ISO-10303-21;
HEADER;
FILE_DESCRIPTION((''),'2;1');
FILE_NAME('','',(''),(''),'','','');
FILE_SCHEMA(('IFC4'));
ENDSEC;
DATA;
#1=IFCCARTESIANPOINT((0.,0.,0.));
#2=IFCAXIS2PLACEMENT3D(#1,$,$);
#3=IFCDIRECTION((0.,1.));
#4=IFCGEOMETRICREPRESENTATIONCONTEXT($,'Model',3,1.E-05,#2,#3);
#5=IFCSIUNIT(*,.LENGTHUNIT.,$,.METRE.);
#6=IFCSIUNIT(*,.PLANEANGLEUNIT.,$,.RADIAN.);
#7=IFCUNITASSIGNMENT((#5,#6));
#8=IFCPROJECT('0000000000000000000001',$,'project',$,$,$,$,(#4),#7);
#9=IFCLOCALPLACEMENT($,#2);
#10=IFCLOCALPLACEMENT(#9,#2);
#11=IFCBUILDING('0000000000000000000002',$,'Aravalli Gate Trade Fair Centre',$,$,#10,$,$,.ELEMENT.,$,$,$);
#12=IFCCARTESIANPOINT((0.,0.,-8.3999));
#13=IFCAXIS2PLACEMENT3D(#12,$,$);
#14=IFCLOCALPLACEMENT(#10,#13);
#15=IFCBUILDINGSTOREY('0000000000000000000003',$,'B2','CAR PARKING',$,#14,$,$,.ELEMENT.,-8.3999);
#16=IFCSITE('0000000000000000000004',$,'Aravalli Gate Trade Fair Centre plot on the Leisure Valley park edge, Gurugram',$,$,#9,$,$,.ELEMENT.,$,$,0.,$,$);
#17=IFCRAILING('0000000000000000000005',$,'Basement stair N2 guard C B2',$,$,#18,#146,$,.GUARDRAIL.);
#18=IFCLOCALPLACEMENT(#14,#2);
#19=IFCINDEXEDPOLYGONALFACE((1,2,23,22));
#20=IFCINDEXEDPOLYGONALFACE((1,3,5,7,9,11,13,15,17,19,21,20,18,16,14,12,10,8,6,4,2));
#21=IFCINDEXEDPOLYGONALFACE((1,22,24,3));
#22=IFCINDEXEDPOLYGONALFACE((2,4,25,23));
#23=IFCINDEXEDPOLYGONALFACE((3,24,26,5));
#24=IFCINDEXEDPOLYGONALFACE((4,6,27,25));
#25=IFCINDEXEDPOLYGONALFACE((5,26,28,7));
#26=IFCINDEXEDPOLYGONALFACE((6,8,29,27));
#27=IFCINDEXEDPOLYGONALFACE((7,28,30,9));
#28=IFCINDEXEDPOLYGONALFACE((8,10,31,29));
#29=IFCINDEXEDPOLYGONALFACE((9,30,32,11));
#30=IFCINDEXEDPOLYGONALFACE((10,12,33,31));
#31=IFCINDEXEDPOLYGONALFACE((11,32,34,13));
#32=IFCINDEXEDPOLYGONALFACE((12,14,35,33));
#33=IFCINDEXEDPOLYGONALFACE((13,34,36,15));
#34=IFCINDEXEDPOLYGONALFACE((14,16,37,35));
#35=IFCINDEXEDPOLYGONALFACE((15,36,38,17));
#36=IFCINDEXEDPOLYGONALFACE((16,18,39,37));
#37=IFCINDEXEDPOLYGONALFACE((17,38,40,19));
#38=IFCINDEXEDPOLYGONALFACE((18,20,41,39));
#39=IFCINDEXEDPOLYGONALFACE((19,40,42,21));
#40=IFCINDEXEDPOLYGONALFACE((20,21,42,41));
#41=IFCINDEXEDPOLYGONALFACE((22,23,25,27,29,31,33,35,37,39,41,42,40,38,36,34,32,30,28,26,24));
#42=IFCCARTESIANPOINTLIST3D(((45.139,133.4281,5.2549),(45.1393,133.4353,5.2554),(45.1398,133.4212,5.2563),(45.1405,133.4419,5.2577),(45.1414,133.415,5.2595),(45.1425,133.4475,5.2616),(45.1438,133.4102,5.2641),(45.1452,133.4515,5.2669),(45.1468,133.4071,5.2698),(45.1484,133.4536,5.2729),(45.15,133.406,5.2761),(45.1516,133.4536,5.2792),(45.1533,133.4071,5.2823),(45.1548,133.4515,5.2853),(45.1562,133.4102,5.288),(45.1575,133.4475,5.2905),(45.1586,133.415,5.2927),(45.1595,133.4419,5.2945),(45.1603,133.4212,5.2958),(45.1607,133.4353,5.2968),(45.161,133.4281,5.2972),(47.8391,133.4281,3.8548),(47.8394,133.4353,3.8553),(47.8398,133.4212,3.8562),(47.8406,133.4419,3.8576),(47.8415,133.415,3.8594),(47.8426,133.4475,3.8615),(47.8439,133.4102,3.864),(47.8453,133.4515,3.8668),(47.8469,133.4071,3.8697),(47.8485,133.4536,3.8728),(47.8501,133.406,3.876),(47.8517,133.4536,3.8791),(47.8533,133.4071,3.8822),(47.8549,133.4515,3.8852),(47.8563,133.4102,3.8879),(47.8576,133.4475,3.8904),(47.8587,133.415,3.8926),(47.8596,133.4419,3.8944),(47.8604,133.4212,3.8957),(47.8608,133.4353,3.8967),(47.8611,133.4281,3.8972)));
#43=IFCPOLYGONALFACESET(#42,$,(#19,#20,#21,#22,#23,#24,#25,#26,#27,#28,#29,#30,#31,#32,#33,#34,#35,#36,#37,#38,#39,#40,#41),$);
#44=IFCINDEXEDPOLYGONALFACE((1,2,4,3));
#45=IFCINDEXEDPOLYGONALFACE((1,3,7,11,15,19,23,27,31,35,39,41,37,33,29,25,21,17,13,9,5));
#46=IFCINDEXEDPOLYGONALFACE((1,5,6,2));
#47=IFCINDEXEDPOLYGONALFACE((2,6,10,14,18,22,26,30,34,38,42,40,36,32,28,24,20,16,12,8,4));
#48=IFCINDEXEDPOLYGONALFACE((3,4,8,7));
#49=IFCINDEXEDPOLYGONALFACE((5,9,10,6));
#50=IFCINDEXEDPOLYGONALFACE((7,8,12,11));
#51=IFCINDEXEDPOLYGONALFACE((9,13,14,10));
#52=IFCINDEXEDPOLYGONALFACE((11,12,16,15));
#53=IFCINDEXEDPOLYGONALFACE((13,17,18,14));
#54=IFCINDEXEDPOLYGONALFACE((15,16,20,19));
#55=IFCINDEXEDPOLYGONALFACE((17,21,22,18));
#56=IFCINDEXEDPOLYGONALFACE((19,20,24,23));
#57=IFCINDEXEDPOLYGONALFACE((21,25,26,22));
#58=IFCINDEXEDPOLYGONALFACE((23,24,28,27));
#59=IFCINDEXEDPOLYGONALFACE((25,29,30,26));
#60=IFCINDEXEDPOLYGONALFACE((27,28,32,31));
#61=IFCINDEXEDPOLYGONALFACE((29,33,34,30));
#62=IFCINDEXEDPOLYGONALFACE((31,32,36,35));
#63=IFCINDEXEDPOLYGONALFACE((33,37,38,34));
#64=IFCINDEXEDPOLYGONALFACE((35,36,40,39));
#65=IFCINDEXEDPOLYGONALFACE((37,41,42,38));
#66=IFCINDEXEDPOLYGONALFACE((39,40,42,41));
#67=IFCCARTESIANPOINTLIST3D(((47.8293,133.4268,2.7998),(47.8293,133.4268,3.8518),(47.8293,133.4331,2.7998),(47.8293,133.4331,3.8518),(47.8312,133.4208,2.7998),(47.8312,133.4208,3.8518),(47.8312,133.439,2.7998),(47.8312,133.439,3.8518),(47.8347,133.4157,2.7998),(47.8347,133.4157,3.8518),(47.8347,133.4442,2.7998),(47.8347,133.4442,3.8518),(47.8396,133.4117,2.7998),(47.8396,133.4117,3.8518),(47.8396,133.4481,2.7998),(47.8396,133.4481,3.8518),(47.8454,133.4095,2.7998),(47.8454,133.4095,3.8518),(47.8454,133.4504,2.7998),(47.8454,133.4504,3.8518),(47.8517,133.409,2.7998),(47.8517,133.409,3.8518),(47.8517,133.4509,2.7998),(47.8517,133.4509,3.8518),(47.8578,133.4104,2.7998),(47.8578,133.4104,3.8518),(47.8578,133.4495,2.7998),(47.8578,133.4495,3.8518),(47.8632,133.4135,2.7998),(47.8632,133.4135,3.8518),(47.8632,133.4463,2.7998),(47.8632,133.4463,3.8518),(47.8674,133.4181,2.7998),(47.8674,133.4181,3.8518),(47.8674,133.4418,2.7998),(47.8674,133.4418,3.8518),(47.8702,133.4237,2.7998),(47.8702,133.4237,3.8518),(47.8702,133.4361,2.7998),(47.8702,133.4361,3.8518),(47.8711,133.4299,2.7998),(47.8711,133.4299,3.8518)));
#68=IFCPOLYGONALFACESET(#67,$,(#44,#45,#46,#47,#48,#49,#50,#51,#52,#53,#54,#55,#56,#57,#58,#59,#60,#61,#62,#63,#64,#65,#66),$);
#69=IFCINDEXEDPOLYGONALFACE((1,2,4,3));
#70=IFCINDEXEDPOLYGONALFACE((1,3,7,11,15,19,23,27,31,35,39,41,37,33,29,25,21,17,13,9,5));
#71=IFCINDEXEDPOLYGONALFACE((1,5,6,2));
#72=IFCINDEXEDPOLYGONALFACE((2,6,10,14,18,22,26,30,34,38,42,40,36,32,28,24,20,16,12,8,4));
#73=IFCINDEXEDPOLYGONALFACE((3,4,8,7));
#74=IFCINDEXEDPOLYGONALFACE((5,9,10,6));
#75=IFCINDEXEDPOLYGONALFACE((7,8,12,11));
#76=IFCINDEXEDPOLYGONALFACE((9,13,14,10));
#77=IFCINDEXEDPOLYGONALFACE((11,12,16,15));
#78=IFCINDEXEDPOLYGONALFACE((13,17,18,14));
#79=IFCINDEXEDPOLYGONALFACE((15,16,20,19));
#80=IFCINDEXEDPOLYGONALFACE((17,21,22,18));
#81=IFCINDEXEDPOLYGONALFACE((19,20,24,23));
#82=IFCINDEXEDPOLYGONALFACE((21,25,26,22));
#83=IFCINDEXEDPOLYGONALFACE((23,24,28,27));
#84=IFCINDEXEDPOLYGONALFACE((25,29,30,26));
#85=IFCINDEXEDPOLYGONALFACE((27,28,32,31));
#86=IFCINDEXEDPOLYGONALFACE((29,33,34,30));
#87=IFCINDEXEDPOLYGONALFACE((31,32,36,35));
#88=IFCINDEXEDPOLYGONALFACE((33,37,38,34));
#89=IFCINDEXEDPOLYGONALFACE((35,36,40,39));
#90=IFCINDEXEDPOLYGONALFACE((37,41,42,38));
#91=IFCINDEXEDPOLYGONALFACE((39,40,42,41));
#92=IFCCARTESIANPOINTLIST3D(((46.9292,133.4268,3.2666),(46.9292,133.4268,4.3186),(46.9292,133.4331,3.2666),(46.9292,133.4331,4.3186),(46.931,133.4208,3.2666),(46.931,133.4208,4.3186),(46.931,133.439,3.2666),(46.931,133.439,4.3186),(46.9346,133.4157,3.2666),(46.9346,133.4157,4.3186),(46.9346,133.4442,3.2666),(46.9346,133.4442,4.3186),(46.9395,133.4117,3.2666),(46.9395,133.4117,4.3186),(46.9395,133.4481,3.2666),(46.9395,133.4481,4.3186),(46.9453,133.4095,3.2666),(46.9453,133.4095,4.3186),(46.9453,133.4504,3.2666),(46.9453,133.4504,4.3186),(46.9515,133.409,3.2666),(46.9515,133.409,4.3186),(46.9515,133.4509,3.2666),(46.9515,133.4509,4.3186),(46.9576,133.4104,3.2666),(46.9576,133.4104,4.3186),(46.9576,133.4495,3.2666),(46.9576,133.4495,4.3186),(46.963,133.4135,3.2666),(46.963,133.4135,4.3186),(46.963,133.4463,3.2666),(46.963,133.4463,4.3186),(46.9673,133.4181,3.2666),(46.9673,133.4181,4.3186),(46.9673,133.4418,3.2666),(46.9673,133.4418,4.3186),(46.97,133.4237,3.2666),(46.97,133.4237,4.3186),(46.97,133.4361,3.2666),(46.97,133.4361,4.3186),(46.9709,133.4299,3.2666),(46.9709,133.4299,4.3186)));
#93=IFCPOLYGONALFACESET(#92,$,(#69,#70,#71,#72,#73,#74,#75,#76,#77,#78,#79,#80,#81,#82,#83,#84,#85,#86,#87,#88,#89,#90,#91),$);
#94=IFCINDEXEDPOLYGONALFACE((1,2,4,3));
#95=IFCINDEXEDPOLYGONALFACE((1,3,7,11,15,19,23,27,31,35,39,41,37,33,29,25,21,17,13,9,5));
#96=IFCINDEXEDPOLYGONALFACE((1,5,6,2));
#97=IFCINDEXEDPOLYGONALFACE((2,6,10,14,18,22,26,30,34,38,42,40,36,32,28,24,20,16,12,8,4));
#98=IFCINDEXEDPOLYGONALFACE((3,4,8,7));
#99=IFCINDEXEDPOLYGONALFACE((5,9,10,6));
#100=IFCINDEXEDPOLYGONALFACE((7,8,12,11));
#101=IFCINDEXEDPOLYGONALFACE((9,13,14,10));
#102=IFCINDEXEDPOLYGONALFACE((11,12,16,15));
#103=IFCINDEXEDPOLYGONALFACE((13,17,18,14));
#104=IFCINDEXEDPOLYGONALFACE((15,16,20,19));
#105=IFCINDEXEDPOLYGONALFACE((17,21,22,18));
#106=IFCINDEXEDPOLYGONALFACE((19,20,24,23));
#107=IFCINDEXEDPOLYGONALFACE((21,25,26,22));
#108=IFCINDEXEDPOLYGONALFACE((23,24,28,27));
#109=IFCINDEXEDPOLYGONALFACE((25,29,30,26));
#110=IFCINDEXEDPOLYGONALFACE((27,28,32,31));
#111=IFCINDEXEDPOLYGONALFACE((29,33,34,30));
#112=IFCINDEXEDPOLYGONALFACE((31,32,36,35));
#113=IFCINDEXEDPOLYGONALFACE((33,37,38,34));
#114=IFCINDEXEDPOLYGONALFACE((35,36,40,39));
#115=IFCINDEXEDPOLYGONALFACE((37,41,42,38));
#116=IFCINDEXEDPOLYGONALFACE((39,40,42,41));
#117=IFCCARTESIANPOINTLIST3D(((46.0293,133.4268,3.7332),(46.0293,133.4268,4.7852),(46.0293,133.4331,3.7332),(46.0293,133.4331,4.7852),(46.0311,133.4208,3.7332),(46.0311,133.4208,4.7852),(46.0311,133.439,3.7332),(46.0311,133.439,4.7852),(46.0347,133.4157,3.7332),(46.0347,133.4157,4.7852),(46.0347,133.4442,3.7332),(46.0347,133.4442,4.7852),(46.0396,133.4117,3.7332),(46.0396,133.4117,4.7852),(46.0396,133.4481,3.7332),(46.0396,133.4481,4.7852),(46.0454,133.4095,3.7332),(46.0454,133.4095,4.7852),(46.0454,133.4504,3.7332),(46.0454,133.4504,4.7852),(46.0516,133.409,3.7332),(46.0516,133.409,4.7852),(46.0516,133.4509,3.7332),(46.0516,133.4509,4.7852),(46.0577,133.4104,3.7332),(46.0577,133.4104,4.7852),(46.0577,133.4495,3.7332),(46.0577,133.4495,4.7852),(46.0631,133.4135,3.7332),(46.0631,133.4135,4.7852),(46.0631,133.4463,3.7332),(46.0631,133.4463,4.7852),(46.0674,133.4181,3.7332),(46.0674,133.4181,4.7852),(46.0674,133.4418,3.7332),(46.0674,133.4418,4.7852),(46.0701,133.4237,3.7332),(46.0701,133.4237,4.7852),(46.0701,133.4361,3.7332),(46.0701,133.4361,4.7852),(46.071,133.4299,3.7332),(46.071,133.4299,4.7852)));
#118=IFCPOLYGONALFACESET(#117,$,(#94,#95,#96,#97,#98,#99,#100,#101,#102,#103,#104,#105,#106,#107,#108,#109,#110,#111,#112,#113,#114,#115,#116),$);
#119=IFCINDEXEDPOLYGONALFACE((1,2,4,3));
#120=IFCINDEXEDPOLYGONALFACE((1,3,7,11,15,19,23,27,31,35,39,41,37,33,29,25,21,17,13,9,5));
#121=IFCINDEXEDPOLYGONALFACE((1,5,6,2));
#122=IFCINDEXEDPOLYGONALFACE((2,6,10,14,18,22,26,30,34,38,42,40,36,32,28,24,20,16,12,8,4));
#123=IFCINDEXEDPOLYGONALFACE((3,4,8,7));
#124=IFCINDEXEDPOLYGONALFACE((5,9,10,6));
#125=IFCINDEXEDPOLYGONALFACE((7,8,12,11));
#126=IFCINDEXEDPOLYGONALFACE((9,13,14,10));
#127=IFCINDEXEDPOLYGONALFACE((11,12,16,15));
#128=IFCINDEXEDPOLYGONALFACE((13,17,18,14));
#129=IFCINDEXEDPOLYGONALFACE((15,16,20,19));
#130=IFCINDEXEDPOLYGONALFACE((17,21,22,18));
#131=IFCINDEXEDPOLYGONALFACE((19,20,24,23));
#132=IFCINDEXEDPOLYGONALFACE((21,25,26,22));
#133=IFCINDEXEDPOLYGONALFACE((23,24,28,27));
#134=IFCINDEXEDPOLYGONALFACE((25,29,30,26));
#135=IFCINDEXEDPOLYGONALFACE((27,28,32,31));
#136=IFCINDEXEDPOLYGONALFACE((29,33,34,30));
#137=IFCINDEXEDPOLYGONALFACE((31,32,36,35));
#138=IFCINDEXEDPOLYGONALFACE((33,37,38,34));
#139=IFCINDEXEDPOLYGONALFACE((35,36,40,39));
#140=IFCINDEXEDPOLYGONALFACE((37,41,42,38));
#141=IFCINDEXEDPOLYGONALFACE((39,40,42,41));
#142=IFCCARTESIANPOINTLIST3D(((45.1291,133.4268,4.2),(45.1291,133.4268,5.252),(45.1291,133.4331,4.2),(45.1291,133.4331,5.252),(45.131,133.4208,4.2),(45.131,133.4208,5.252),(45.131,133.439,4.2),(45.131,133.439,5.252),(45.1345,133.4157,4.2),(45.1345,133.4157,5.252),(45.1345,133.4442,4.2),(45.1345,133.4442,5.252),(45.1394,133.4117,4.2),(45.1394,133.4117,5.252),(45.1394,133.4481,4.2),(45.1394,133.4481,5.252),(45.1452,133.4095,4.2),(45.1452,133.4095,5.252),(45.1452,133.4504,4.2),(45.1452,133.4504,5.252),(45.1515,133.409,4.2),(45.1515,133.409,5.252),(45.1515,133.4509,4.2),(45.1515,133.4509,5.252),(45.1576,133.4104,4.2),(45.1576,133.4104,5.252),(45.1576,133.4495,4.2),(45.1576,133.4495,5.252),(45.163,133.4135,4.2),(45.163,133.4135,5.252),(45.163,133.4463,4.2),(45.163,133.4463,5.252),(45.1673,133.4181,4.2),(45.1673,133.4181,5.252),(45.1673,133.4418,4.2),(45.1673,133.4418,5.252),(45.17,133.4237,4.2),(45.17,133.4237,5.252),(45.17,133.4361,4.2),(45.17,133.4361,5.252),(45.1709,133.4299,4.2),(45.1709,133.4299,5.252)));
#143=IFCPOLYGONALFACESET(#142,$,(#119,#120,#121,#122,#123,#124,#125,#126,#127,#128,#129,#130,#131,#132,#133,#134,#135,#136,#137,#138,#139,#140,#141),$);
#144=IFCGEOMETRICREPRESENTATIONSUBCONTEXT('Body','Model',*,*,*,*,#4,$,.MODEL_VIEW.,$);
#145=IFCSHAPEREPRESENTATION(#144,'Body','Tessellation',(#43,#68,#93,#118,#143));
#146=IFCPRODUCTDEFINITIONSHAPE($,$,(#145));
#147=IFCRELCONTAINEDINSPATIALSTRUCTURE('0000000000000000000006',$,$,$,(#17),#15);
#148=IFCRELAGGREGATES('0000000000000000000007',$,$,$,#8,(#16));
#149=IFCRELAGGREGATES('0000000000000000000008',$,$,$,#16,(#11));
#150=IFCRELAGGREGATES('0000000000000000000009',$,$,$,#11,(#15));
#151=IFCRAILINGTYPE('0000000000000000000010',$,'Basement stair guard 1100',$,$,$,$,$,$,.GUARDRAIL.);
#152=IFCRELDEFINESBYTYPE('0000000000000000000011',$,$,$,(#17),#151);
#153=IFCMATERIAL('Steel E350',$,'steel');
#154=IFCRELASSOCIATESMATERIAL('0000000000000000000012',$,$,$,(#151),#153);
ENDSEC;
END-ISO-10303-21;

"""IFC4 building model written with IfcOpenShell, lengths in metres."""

from ifc_helpers import new_model, si_unit, direction, frame, origin, origin_2d, place, context, subcontext, project, spatial, circle, extrude, material, type_object, element, save


model = new_model("IFC4")

# Units and contexts
model_context = context("Model", 3, precision=1e-05, world=origin(), true_north=direction((0.0, 1.0)))
body_context = subcontext(model_context, "Body", "Model", "MODEL_VIEW")
ifc_project = project(units=[si_unit("LENGTHUNIT", "METRE"), si_unit("PLANEANGLEUNIT", "RADIAN")], contexts=[model_context])

# Site, building, storey
site_placement = place(None, origin())
site = spatial("IfcSite", under=ifc_project, at=site_placement, Name="Aravalli Gate Trade Fair Centre plot on the Leisure Valley park edge, Gurugram", CompositionType="ELEMENT", RefElevation=0.0)
building_placement = place(site_placement, origin())
building = spatial("IfcBuilding", under=site, at=building_placement, Name="Aravalli Gate Trade Fair Centre", CompositionType="ELEMENT")
storey_placement = place(building_placement, frame((0.0, 0.0, -8.3999)))
storey = spatial("IfcBuildingStorey", under=building, at=storey_placement, Name="B2", Description="CAR PARKING", CompositionType="ELEMENT", Elevation=-8.3999)

# Railing
ifc_material_1 = material(Name="Steel E350", Category="steel")
railing_type_1 = type_object("IfcRailingType", Name="Basement stair guard 1100", PredefinedType="GUARDRAIL", material=ifc_material_1)
railing_1_placement = place(storey_placement, frame((47.8501, 133.4299, 2.7998)))
element("IfcRailing", 1, at=railing_1_placement, inside=storey, type_object=railing_type_1, Name="Basement stair N2 guard C B2", PredefinedType="GUARDRAIL", context=body_context, shape_type="SweptSolid", body=[
    extrude(circle(Radius=0.0239, at=origin_2d()), frame((0.0, 0.0, 1.0762), z_axis=(-0.887748, 0.0, 0.460329), x_axis=(0.0, -1.0, 0.0)), (0.0, 0.0, 1.0), 3.0415),
    extrude(circle(Radius=0.021, at=origin_2d()), origin(), (0.0, 0.0, 1.0), 1.052),
    extrude(circle(Radius=0.021, at=origin_2d()), frame((-0.9001, 0.0, 0.4668)), (0.0, 0.0, 1.0), 1.052),
    extrude(circle(Radius=0.021, at=origin_2d()), frame((-1.8, 0.0, 0.9333)), (0.0, 0.0, 1.0), 1.052),
    extrude(circle(Radius=0.021, at=origin_2d()), frame((-2.7002, 0.0, 1.4001)), (0.0, 0.0, 1.0), 1.052),
])

save(model, "model.ifc")
